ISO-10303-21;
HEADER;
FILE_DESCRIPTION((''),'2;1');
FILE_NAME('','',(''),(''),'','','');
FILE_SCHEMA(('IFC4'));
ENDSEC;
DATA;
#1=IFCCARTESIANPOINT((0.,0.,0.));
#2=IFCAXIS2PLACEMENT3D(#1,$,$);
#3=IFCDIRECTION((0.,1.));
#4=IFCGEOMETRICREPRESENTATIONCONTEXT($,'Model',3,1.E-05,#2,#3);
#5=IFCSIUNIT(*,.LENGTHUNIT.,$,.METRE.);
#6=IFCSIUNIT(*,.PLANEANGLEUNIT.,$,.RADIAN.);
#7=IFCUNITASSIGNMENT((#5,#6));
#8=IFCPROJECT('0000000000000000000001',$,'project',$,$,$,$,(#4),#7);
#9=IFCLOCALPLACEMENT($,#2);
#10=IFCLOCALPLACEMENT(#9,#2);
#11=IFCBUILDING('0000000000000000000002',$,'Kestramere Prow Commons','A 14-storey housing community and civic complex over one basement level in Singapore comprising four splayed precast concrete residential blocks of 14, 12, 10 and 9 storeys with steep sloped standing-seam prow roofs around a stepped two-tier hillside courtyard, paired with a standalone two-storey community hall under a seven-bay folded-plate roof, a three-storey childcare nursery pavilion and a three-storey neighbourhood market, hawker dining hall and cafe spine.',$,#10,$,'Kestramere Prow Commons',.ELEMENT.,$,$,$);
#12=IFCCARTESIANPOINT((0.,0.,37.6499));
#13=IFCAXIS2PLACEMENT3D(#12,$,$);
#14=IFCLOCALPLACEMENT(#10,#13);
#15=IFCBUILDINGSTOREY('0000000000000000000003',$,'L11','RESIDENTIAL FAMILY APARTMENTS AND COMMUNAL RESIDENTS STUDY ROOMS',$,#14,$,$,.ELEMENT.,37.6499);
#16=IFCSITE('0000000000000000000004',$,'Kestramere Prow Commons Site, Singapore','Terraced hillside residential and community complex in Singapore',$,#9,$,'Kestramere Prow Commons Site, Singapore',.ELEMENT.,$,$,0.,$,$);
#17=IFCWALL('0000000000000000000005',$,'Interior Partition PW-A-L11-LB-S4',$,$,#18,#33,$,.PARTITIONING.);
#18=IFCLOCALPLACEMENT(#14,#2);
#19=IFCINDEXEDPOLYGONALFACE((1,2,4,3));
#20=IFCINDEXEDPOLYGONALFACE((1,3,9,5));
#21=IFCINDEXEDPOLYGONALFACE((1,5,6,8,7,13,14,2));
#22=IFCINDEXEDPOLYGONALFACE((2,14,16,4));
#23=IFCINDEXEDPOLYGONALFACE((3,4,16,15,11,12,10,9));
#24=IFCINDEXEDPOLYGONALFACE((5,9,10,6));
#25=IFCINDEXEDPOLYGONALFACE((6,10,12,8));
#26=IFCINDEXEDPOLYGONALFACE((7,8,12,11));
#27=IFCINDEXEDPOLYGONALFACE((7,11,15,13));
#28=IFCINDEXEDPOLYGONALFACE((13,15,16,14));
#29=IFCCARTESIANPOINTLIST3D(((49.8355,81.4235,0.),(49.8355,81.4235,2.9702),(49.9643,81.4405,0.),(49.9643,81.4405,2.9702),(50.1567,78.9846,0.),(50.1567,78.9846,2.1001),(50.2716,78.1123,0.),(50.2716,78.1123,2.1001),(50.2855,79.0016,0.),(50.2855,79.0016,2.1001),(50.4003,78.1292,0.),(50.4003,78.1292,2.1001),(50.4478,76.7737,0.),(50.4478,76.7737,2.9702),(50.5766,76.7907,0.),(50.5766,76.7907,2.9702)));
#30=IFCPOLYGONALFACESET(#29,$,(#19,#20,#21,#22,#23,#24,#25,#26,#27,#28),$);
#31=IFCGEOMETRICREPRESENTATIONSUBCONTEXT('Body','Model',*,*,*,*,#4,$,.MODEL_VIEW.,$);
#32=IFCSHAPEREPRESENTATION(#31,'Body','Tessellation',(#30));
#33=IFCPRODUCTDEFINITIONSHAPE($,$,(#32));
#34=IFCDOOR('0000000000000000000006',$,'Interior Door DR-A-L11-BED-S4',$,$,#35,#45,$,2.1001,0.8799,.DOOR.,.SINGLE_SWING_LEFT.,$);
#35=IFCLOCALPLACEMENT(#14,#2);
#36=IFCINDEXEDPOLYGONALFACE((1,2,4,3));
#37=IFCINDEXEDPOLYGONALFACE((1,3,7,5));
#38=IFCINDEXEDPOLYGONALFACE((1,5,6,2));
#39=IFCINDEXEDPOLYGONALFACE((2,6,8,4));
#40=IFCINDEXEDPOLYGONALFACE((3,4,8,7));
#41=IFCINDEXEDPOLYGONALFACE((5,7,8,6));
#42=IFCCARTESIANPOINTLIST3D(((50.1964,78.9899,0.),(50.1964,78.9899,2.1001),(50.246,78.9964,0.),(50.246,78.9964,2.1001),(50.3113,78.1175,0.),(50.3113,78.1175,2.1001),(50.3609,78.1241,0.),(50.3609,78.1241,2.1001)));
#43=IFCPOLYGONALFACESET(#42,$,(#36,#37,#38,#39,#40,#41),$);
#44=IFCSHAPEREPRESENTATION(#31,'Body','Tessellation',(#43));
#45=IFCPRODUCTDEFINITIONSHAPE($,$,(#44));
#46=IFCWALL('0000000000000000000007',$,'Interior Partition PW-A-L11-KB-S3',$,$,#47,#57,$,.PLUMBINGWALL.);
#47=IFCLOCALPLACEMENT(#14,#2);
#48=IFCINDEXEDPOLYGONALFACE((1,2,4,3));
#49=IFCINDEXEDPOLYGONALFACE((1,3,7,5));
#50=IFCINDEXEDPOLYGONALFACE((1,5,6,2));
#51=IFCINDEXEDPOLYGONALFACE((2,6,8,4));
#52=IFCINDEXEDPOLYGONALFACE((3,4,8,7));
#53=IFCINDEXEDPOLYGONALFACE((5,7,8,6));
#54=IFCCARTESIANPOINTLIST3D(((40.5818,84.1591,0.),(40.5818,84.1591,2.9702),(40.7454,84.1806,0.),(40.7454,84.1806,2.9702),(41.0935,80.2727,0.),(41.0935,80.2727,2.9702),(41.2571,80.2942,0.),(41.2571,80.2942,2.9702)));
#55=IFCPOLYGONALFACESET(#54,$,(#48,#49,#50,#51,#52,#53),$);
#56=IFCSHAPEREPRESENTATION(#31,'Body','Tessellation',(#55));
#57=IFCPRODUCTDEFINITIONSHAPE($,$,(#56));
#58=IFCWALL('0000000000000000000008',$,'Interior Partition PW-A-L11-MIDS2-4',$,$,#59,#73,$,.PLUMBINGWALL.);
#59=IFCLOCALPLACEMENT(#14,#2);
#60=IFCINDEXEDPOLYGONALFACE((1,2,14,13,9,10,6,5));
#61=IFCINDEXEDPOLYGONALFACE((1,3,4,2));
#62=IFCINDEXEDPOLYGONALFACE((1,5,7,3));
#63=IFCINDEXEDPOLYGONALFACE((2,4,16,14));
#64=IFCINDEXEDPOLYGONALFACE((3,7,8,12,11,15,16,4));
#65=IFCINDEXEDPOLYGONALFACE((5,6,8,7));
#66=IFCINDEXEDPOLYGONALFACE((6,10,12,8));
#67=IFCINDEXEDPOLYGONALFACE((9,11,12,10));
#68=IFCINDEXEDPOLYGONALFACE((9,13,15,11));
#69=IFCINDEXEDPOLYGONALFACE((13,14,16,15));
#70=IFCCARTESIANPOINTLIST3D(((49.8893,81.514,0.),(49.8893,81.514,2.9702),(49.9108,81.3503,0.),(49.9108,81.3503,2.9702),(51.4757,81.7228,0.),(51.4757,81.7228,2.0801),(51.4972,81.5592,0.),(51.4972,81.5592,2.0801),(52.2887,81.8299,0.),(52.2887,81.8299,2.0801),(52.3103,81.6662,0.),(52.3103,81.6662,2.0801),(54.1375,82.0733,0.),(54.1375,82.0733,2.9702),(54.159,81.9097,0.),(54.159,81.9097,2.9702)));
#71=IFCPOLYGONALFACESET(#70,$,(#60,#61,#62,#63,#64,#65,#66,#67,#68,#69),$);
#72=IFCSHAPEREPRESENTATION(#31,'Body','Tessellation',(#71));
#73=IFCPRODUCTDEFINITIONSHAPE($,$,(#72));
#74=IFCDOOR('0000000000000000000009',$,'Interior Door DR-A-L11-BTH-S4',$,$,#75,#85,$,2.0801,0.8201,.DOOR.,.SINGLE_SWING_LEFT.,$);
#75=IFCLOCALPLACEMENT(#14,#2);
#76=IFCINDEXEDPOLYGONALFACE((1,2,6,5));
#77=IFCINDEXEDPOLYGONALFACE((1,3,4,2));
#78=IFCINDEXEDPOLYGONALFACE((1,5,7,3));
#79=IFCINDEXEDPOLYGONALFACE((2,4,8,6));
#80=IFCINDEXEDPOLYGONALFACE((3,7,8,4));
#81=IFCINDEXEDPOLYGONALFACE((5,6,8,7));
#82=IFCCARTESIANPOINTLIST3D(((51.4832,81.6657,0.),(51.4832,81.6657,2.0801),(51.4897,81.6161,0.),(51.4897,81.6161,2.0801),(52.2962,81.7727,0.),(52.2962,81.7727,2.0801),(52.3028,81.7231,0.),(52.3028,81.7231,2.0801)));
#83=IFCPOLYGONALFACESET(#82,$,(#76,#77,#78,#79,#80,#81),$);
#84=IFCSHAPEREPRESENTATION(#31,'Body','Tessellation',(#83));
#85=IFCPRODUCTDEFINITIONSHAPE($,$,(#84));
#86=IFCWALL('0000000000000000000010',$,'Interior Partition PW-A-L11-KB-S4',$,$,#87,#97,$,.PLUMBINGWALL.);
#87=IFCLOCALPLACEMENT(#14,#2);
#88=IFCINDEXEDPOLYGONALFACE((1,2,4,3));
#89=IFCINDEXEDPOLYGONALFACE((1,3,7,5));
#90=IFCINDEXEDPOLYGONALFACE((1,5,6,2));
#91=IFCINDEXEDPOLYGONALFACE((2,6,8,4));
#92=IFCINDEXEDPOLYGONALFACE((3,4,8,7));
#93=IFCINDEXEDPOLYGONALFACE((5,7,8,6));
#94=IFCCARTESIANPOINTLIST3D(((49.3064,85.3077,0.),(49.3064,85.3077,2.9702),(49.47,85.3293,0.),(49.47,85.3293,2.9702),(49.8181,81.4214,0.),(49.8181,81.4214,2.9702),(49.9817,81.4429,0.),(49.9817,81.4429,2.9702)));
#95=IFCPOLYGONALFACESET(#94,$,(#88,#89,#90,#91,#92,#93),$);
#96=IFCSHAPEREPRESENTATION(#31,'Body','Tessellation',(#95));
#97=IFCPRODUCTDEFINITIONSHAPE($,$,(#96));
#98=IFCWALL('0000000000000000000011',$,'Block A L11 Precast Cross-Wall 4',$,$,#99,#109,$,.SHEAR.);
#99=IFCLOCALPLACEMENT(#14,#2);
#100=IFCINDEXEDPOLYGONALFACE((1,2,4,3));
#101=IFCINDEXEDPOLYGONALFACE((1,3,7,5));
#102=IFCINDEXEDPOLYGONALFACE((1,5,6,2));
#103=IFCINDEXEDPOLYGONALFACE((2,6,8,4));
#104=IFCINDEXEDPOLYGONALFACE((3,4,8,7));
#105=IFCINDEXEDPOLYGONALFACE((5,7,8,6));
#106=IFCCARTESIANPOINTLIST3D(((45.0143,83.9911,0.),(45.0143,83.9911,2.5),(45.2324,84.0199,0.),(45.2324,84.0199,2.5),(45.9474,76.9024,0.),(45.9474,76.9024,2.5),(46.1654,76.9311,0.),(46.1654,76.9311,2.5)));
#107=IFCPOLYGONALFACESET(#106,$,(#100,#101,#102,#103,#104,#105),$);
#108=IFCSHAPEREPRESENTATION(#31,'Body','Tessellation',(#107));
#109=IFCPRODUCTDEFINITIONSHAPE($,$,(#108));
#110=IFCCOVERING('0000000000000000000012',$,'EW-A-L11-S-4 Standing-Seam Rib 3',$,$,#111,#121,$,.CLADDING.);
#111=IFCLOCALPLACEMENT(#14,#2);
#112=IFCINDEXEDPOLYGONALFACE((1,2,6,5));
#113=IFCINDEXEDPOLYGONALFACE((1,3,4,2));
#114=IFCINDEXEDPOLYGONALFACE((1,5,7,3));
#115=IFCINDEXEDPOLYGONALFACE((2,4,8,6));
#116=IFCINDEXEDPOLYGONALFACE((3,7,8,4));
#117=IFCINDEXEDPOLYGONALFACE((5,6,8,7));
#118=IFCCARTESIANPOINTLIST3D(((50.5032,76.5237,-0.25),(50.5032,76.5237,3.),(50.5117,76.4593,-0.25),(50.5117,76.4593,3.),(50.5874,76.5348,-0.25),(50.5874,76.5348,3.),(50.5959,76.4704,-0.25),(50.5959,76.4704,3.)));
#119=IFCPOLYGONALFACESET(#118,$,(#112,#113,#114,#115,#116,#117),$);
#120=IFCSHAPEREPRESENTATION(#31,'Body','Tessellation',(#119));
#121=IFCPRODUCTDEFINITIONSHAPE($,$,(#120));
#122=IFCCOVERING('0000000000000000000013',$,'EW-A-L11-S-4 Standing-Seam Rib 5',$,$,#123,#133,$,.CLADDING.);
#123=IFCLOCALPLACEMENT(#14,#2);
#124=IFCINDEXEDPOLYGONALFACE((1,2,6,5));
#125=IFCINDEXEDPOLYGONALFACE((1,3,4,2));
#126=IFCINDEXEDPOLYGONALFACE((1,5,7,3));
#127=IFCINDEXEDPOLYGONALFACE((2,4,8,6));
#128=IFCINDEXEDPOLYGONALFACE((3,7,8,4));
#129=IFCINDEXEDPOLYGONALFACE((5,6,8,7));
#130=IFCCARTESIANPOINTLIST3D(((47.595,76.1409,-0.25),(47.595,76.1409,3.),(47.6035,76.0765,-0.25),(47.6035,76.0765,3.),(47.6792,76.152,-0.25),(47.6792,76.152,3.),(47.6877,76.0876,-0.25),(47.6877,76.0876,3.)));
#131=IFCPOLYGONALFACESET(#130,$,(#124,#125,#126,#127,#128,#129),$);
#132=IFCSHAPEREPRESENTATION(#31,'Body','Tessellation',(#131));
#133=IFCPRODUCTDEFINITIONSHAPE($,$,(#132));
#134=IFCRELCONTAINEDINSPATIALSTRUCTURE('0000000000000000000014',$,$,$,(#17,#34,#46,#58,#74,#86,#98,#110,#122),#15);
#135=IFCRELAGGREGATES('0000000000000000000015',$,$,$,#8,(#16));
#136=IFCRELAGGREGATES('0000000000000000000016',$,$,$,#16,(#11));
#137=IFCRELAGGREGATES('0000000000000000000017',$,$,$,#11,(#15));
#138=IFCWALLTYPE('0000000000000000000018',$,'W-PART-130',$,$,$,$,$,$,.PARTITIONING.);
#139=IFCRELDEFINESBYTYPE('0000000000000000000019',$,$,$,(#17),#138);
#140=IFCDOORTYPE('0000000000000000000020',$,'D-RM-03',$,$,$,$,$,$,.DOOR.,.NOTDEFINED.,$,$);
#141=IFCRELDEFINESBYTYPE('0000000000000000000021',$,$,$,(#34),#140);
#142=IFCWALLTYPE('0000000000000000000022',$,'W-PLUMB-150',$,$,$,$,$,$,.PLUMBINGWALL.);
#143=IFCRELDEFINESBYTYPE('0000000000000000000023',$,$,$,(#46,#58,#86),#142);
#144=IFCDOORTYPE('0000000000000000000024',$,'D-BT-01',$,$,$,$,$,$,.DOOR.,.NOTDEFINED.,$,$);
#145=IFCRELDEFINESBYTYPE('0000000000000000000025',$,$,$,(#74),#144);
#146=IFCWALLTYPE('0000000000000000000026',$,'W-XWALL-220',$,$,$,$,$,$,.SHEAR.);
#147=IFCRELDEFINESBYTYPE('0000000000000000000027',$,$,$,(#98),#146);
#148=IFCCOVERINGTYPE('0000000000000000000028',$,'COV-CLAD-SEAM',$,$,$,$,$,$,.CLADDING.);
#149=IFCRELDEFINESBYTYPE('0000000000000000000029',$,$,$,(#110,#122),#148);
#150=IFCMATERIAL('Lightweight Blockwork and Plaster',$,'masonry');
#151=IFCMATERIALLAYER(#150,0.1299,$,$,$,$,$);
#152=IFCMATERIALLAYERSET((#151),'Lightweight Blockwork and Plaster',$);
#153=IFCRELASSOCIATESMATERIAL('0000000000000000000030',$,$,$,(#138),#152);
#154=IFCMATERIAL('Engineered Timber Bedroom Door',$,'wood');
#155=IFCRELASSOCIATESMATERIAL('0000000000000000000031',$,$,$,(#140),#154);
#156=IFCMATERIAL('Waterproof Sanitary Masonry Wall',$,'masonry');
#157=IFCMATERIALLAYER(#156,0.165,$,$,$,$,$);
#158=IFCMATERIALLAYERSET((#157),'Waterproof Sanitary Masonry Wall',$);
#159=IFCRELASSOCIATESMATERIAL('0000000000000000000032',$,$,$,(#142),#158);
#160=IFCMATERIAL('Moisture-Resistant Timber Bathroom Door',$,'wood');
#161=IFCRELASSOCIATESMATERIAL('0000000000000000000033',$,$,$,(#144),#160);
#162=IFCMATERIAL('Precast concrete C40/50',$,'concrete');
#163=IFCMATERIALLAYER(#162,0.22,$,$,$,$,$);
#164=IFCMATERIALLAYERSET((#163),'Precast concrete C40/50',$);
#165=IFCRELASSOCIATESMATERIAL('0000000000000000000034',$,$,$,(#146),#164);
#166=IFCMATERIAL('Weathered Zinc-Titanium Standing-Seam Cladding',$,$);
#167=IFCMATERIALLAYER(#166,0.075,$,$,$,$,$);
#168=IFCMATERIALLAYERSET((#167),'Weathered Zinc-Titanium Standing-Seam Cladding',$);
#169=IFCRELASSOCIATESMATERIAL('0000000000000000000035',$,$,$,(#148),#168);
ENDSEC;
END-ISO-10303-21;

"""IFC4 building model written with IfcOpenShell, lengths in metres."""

from ifc_helpers import new_model, si_unit, direction, frame, frame_2d, origin, origin_2d, place, context, subcontext, project, spatial, rectangle, extrude, material, layer, layer_set, type_object, element, fill, save


model = new_model("IFC4")

# Units and contexts
model_context = context("Model", 3, precision=1e-05, world=origin(), true_north=direction((0.0, 1.0)))
body_context = subcontext(model_context, "Body", "Model", "MODEL_VIEW")
ifc_project = project(units=[si_unit("LENGTHUNIT", "METRE"), si_unit("PLANEANGLEUNIT", "RADIAN")], contexts=[model_context])

# Site, building, storey
site_placement = place(None, origin())
site = spatial("IfcSite", under=ifc_project, at=site_placement, Name="Kestramere Prow Commons Site, Singapore", Description="Terraced hillside residential and community complex in Singapore", LongName="Kestramere Prow Commons Site, Singapore", CompositionType="ELEMENT", RefElevation=0.0)
building_placement = place(site_placement, origin())
building = spatial("IfcBuilding", under=site, at=building_placement, Name="Kestramere Prow Commons", Description="A 14-storey housing community and civic complex over one basement level in Singapore comprising four splayed precast concrete residential blocks of 14, 12, 10 and 9 storeys with steep sloped standing-seam prow roofs around a stepped two-tier hillside courtyard, paired with a standalone two-storey community hall under a seven-bay folded-plate roof, a three-storey childcare nursery pavilion and a three-storey neighbourhood market, hawker dining hall and cafe spine.", LongName="Kestramere Prow Commons", CompositionType="ELEMENT")
storey_placement = place(building_placement, frame((0.0, 0.0, 37.6499)))
storey = spatial("IfcBuildingStorey", under=building, at=storey_placement, Name="L11", Description="RESIDENTIAL FAMILY APARTMENTS AND COMMUNAL RESIDENTS STUDY ROOMS", CompositionType="ELEMENT", Elevation=37.6499)

# Shared definitions
ifc_material_1 = material(Name="Precast concrete C40/50", Category="concrete")

# Wall, opening, door
ifc_material_2 = material(Name="Lightweight Blockwork and Plaster", Category="masonry")
ifc_layer_1 = layer(ifc_material_2, 0.1299)
ifc_layer_set_1 = layer_set([ifc_layer_1], Name="Lightweight Blockwork and Plaster")
wall_type_1 = type_object("IfcWallType", Name="W-PART-130", PredefinedType="PARTITIONING", material=ifc_layer_set_1)
wall_1_placement = place(storey_placement, frame((50.5122, 76.7822, 0.0), z_axis=(0.0, 0.0, 1.0), x_axis=(-0.130554, 0.991441, 0.0)))
wall_1 = element("IfcWall", 1, at=wall_1_placement, inside=storey, type_object=wall_type_1, Name="Interior Partition PW-A-L11-LB-S4", PredefinedType="PARTITIONING", context=body_context, shape_type="SweptSolid", body=[
    extrude(rectangle(XDim=4.6899, YDim=0.1299, at=frame_2d((2.345, 0.0))), origin(), (0.0, 0.0, 1.0), 2.9702),
])
opening_1_placement = place(wall_1_placement, frame((1.3501, 0.0, 0.0)))
opening_1 = element("IfcOpeningElement", 2, at=opening_1_placement, cuts=wall_1, PredefinedType="OPENING", context=body_context, shape_type="SweptSolid", body=[
    extrude(rectangle(XDim=0.8799, YDim=2.1001, at=frame_2d((0.4399, 1.05))), frame((0.0, 0.0798, 0.0), z_axis=(0.0, -1.0, 0.0), x_axis=(1.0, 0.0, 0.0)), (0.0, 0.0, 1.0), 0.1599),
])
ifc_material_3 = material(Name="Engineered Timber Bedroom Door", Category="wood")
door_type_1 = type_object("IfcDoorType", Name="D-RM-03", OperationType="NOTDEFINED", PredefinedType="DOOR", material=ifc_material_3)
door_1_placement = place(opening_1_placement, origin())
door_1 = element("IfcDoor", 3, at=door_1_placement, inside=storey, type_object=door_type_1, Name="Interior Door DR-A-L11-BED-S4", OperationType="SINGLE_SWING_LEFT", OverallHeight=2.1001, OverallWidth=0.8799, PredefinedType="DOOR", context=body_context, shape_type="SweptSolid", body=[
    extrude(rectangle(XDim=0.8799, YDim=2.1001, at=frame_2d((0.4399, 1.05))), frame((0.0, 0.0249, 0.0), z_axis=(0.0, -1.0, 0.0), x_axis=(1.0, 0.0, 0.0)), (0.0, 0.0, 1.0), 0.05),
])
fill(opening_1, door_1)

# Wall
ifc_material_4 = material(Name="Waterproof Sanitary Masonry Wall", Category="masonry")
ifc_layer_2 = layer(ifc_material_4, 0.165)
ifc_layer_set_2 = layer_set([ifc_layer_2], Name="Waterproof Sanitary Masonry Wall")
wall_type_2 = type_object("IfcWallType", Name="W-PLUMB-150", PredefinedType="PLUMBINGWALL", material=ifc_layer_set_2)
wall_2_placement = place(storey_placement, frame((41.1753, 80.2834, 0.0), z_axis=(0.0, 0.0, 1.0), x_axis=(-0.13054, 0.991443, 0.0)))
element("IfcWall", 4, at=wall_2_placement, inside=storey, type_object=wall_type_2, Name="Interior Partition PW-A-L11-KB-S3", PredefinedType="PLUMBINGWALL", context=body_context, shape_type="SweptSolid", body=[
    extrude(rectangle(XDim=3.9199, YDim=0.165, at=frame_2d((1.96, 0.0))), origin(), (0.0, 0.0, 1.0), 2.9702),
])

# Wall, opening, door
wall_3_placement = place(storey_placement, frame((49.8999, 81.4321, 0.0), z_axis=(0.0, 0.0, 1.0), x_axis=(0.991444, 0.130533, 0.0)))
wall_3 = element("IfcWall", 5, at=wall_3_placement, inside=storey, type_object=wall_type_2, Name="Interior Partition PW-A-L11-MIDS2-4", PredefinedType="PLUMBINGWALL", context=body_context, shape_type="SweptSolid", body=[
    extrude(rectangle(XDim=4.2849, YDim=0.165, at=frame_2d((2.1426, 0.0))), origin(), (0.0, 0.0, 1.0), 2.9702),
])
opening_2_placement = place(wall_3_placement, frame((1.6001, 0.0, 0.0)))
opening_2 = element("IfcOpeningElement", 6, at=opening_2_placement, cuts=wall_3, PredefinedType="OPENING", context=body_context, shape_type="SweptSolid", body=[
    extrude(rectangle(XDim=0.8201, YDim=2.0801, at=frame_2d((0.4102, 1.04))), frame((0.0, 0.0974, 0.0), z_axis=(0.0, -1.0, 0.0), x_axis=(1.0, 0.0, 0.0)), (0.0, 0.0, 1.0), 0.1951),
])
ifc_material_5 = material(Name="Moisture-Resistant Timber Bathroom Door", Category="wood")
door_type_2 = type_object("IfcDoorType", Name="D-BT-01", OperationType="NOTDEFINED", PredefinedType="DOOR", material=ifc_material_5)
door_2_placement = place(opening_2_placement, origin())
door_2 = element("IfcDoor", 7, at=door_2_placement, inside=storey, type_object=door_type_2, Name="Interior Door DR-A-L11-BTH-S4", OperationType="SINGLE_SWING_LEFT", OverallHeight=2.0801, OverallWidth=0.8201, PredefinedType="DOOR", context=body_context, shape_type="SweptSolid", body=[
    extrude(rectangle(XDim=0.8201, YDim=2.0801, at=frame_2d((0.4102, 1.04))), frame((0.0, 0.0249, 0.0), z_axis=(0.0, -1.0, 0.0), x_axis=(1.0, 0.0, 0.0)), (0.0, 0.0, 1.0), 0.05),
])
fill(opening_2, door_2)

# Walls
wall_4_placement = place(storey_placement, frame((49.8999, 81.4321, 0.0), z_axis=(0.0, 0.0, 1.0), x_axis=(-0.13054, 0.991443, 0.0)))
element("IfcWall", 8, at=wall_4_placement, inside=storey, type_object=wall_type_2, Name="Interior Partition PW-A-L11-KB-S4", PredefinedType="PLUMBINGWALL", context=body_context, shape_type="SweptSolid", body=[
    extrude(rectangle(XDim=3.9199, YDim=0.165, at=frame_2d((1.96, 0.0))), origin(), (0.0, 0.0, 1.0), 2.9702),
])
ifc_layer_3 = layer(ifc_material_1, 0.22)
ifc_layer_set_3 = layer_set([ifc_layer_3], Name="Precast concrete C40/50")
wall_type_3 = type_object("IfcWallType", Name="W-XWALL-220", PredefinedType="SHEAR", material=ifc_layer_set_3)
wall_5_placement = place(storey_placement, frame((46.0564, 76.9167, 0.0), z_axis=(0.0, 0.0, 1.0), x_axis=(-0.130504, 0.991448, 0.0)))
element("IfcWall", 9, at=wall_5_placement, inside=storey, type_object=wall_type_3, Name="Block A L11 Precast Cross-Wall 4", PredefinedType="SHEAR", context=body_context, shape_type="SweptSolid", body=[
    extrude(rectangle(XDim=7.1499, YDim=0.22, at=frame_2d((3.575, 0.0))), origin(), (0.0, 0.0, 1.0), 2.5),
])

# Coverings
ifc_material_6 = material(Name="Weathered Zinc-Titanium Standing-Seam Cladding")
ifc_layer_4 = layer(ifc_material_6, 0.075)
ifc_layer_set_4 = layer_set([ifc_layer_4], Name="Weathered Zinc-Titanium Standing-Seam Cladding")
covering_type = type_object("IfcCoveringType", Name="COV-CLAD-SEAM", PredefinedType="CLADDING", material=ifc_layer_set_4)
for number, where, z_axis, x_axis, name in (
    (10, (50.5496, 76.4971, -0.25), (0.0, 0.0, 1.0), (-0.991445, -0.130526, 0.0), "EW-A-L11-S-4 Standing-Seam Rib 3"),
    (11, (47.6414, 76.1143, -0.25), (0.0, 0.0, 1.0), (-0.991445, -0.130526, 0.0), "EW-A-L11-S-4 Standing-Seam Rib 5"),
):
    element("IfcCovering", number, at=place(storey_placement, frame(where, z_axis=z_axis, x_axis=x_axis)), inside=storey, type_object=covering_type, Name=name, PredefinedType="CLADDING", context=body_context, shape_type="SweptSolid", body=[
        extrude(rectangle(XDim=0.085, YDim=0.0649, at=origin_2d()), origin(), (0.0, 0.0, 1.0), 3.25),
    ])

save(model, "model.ifc")
